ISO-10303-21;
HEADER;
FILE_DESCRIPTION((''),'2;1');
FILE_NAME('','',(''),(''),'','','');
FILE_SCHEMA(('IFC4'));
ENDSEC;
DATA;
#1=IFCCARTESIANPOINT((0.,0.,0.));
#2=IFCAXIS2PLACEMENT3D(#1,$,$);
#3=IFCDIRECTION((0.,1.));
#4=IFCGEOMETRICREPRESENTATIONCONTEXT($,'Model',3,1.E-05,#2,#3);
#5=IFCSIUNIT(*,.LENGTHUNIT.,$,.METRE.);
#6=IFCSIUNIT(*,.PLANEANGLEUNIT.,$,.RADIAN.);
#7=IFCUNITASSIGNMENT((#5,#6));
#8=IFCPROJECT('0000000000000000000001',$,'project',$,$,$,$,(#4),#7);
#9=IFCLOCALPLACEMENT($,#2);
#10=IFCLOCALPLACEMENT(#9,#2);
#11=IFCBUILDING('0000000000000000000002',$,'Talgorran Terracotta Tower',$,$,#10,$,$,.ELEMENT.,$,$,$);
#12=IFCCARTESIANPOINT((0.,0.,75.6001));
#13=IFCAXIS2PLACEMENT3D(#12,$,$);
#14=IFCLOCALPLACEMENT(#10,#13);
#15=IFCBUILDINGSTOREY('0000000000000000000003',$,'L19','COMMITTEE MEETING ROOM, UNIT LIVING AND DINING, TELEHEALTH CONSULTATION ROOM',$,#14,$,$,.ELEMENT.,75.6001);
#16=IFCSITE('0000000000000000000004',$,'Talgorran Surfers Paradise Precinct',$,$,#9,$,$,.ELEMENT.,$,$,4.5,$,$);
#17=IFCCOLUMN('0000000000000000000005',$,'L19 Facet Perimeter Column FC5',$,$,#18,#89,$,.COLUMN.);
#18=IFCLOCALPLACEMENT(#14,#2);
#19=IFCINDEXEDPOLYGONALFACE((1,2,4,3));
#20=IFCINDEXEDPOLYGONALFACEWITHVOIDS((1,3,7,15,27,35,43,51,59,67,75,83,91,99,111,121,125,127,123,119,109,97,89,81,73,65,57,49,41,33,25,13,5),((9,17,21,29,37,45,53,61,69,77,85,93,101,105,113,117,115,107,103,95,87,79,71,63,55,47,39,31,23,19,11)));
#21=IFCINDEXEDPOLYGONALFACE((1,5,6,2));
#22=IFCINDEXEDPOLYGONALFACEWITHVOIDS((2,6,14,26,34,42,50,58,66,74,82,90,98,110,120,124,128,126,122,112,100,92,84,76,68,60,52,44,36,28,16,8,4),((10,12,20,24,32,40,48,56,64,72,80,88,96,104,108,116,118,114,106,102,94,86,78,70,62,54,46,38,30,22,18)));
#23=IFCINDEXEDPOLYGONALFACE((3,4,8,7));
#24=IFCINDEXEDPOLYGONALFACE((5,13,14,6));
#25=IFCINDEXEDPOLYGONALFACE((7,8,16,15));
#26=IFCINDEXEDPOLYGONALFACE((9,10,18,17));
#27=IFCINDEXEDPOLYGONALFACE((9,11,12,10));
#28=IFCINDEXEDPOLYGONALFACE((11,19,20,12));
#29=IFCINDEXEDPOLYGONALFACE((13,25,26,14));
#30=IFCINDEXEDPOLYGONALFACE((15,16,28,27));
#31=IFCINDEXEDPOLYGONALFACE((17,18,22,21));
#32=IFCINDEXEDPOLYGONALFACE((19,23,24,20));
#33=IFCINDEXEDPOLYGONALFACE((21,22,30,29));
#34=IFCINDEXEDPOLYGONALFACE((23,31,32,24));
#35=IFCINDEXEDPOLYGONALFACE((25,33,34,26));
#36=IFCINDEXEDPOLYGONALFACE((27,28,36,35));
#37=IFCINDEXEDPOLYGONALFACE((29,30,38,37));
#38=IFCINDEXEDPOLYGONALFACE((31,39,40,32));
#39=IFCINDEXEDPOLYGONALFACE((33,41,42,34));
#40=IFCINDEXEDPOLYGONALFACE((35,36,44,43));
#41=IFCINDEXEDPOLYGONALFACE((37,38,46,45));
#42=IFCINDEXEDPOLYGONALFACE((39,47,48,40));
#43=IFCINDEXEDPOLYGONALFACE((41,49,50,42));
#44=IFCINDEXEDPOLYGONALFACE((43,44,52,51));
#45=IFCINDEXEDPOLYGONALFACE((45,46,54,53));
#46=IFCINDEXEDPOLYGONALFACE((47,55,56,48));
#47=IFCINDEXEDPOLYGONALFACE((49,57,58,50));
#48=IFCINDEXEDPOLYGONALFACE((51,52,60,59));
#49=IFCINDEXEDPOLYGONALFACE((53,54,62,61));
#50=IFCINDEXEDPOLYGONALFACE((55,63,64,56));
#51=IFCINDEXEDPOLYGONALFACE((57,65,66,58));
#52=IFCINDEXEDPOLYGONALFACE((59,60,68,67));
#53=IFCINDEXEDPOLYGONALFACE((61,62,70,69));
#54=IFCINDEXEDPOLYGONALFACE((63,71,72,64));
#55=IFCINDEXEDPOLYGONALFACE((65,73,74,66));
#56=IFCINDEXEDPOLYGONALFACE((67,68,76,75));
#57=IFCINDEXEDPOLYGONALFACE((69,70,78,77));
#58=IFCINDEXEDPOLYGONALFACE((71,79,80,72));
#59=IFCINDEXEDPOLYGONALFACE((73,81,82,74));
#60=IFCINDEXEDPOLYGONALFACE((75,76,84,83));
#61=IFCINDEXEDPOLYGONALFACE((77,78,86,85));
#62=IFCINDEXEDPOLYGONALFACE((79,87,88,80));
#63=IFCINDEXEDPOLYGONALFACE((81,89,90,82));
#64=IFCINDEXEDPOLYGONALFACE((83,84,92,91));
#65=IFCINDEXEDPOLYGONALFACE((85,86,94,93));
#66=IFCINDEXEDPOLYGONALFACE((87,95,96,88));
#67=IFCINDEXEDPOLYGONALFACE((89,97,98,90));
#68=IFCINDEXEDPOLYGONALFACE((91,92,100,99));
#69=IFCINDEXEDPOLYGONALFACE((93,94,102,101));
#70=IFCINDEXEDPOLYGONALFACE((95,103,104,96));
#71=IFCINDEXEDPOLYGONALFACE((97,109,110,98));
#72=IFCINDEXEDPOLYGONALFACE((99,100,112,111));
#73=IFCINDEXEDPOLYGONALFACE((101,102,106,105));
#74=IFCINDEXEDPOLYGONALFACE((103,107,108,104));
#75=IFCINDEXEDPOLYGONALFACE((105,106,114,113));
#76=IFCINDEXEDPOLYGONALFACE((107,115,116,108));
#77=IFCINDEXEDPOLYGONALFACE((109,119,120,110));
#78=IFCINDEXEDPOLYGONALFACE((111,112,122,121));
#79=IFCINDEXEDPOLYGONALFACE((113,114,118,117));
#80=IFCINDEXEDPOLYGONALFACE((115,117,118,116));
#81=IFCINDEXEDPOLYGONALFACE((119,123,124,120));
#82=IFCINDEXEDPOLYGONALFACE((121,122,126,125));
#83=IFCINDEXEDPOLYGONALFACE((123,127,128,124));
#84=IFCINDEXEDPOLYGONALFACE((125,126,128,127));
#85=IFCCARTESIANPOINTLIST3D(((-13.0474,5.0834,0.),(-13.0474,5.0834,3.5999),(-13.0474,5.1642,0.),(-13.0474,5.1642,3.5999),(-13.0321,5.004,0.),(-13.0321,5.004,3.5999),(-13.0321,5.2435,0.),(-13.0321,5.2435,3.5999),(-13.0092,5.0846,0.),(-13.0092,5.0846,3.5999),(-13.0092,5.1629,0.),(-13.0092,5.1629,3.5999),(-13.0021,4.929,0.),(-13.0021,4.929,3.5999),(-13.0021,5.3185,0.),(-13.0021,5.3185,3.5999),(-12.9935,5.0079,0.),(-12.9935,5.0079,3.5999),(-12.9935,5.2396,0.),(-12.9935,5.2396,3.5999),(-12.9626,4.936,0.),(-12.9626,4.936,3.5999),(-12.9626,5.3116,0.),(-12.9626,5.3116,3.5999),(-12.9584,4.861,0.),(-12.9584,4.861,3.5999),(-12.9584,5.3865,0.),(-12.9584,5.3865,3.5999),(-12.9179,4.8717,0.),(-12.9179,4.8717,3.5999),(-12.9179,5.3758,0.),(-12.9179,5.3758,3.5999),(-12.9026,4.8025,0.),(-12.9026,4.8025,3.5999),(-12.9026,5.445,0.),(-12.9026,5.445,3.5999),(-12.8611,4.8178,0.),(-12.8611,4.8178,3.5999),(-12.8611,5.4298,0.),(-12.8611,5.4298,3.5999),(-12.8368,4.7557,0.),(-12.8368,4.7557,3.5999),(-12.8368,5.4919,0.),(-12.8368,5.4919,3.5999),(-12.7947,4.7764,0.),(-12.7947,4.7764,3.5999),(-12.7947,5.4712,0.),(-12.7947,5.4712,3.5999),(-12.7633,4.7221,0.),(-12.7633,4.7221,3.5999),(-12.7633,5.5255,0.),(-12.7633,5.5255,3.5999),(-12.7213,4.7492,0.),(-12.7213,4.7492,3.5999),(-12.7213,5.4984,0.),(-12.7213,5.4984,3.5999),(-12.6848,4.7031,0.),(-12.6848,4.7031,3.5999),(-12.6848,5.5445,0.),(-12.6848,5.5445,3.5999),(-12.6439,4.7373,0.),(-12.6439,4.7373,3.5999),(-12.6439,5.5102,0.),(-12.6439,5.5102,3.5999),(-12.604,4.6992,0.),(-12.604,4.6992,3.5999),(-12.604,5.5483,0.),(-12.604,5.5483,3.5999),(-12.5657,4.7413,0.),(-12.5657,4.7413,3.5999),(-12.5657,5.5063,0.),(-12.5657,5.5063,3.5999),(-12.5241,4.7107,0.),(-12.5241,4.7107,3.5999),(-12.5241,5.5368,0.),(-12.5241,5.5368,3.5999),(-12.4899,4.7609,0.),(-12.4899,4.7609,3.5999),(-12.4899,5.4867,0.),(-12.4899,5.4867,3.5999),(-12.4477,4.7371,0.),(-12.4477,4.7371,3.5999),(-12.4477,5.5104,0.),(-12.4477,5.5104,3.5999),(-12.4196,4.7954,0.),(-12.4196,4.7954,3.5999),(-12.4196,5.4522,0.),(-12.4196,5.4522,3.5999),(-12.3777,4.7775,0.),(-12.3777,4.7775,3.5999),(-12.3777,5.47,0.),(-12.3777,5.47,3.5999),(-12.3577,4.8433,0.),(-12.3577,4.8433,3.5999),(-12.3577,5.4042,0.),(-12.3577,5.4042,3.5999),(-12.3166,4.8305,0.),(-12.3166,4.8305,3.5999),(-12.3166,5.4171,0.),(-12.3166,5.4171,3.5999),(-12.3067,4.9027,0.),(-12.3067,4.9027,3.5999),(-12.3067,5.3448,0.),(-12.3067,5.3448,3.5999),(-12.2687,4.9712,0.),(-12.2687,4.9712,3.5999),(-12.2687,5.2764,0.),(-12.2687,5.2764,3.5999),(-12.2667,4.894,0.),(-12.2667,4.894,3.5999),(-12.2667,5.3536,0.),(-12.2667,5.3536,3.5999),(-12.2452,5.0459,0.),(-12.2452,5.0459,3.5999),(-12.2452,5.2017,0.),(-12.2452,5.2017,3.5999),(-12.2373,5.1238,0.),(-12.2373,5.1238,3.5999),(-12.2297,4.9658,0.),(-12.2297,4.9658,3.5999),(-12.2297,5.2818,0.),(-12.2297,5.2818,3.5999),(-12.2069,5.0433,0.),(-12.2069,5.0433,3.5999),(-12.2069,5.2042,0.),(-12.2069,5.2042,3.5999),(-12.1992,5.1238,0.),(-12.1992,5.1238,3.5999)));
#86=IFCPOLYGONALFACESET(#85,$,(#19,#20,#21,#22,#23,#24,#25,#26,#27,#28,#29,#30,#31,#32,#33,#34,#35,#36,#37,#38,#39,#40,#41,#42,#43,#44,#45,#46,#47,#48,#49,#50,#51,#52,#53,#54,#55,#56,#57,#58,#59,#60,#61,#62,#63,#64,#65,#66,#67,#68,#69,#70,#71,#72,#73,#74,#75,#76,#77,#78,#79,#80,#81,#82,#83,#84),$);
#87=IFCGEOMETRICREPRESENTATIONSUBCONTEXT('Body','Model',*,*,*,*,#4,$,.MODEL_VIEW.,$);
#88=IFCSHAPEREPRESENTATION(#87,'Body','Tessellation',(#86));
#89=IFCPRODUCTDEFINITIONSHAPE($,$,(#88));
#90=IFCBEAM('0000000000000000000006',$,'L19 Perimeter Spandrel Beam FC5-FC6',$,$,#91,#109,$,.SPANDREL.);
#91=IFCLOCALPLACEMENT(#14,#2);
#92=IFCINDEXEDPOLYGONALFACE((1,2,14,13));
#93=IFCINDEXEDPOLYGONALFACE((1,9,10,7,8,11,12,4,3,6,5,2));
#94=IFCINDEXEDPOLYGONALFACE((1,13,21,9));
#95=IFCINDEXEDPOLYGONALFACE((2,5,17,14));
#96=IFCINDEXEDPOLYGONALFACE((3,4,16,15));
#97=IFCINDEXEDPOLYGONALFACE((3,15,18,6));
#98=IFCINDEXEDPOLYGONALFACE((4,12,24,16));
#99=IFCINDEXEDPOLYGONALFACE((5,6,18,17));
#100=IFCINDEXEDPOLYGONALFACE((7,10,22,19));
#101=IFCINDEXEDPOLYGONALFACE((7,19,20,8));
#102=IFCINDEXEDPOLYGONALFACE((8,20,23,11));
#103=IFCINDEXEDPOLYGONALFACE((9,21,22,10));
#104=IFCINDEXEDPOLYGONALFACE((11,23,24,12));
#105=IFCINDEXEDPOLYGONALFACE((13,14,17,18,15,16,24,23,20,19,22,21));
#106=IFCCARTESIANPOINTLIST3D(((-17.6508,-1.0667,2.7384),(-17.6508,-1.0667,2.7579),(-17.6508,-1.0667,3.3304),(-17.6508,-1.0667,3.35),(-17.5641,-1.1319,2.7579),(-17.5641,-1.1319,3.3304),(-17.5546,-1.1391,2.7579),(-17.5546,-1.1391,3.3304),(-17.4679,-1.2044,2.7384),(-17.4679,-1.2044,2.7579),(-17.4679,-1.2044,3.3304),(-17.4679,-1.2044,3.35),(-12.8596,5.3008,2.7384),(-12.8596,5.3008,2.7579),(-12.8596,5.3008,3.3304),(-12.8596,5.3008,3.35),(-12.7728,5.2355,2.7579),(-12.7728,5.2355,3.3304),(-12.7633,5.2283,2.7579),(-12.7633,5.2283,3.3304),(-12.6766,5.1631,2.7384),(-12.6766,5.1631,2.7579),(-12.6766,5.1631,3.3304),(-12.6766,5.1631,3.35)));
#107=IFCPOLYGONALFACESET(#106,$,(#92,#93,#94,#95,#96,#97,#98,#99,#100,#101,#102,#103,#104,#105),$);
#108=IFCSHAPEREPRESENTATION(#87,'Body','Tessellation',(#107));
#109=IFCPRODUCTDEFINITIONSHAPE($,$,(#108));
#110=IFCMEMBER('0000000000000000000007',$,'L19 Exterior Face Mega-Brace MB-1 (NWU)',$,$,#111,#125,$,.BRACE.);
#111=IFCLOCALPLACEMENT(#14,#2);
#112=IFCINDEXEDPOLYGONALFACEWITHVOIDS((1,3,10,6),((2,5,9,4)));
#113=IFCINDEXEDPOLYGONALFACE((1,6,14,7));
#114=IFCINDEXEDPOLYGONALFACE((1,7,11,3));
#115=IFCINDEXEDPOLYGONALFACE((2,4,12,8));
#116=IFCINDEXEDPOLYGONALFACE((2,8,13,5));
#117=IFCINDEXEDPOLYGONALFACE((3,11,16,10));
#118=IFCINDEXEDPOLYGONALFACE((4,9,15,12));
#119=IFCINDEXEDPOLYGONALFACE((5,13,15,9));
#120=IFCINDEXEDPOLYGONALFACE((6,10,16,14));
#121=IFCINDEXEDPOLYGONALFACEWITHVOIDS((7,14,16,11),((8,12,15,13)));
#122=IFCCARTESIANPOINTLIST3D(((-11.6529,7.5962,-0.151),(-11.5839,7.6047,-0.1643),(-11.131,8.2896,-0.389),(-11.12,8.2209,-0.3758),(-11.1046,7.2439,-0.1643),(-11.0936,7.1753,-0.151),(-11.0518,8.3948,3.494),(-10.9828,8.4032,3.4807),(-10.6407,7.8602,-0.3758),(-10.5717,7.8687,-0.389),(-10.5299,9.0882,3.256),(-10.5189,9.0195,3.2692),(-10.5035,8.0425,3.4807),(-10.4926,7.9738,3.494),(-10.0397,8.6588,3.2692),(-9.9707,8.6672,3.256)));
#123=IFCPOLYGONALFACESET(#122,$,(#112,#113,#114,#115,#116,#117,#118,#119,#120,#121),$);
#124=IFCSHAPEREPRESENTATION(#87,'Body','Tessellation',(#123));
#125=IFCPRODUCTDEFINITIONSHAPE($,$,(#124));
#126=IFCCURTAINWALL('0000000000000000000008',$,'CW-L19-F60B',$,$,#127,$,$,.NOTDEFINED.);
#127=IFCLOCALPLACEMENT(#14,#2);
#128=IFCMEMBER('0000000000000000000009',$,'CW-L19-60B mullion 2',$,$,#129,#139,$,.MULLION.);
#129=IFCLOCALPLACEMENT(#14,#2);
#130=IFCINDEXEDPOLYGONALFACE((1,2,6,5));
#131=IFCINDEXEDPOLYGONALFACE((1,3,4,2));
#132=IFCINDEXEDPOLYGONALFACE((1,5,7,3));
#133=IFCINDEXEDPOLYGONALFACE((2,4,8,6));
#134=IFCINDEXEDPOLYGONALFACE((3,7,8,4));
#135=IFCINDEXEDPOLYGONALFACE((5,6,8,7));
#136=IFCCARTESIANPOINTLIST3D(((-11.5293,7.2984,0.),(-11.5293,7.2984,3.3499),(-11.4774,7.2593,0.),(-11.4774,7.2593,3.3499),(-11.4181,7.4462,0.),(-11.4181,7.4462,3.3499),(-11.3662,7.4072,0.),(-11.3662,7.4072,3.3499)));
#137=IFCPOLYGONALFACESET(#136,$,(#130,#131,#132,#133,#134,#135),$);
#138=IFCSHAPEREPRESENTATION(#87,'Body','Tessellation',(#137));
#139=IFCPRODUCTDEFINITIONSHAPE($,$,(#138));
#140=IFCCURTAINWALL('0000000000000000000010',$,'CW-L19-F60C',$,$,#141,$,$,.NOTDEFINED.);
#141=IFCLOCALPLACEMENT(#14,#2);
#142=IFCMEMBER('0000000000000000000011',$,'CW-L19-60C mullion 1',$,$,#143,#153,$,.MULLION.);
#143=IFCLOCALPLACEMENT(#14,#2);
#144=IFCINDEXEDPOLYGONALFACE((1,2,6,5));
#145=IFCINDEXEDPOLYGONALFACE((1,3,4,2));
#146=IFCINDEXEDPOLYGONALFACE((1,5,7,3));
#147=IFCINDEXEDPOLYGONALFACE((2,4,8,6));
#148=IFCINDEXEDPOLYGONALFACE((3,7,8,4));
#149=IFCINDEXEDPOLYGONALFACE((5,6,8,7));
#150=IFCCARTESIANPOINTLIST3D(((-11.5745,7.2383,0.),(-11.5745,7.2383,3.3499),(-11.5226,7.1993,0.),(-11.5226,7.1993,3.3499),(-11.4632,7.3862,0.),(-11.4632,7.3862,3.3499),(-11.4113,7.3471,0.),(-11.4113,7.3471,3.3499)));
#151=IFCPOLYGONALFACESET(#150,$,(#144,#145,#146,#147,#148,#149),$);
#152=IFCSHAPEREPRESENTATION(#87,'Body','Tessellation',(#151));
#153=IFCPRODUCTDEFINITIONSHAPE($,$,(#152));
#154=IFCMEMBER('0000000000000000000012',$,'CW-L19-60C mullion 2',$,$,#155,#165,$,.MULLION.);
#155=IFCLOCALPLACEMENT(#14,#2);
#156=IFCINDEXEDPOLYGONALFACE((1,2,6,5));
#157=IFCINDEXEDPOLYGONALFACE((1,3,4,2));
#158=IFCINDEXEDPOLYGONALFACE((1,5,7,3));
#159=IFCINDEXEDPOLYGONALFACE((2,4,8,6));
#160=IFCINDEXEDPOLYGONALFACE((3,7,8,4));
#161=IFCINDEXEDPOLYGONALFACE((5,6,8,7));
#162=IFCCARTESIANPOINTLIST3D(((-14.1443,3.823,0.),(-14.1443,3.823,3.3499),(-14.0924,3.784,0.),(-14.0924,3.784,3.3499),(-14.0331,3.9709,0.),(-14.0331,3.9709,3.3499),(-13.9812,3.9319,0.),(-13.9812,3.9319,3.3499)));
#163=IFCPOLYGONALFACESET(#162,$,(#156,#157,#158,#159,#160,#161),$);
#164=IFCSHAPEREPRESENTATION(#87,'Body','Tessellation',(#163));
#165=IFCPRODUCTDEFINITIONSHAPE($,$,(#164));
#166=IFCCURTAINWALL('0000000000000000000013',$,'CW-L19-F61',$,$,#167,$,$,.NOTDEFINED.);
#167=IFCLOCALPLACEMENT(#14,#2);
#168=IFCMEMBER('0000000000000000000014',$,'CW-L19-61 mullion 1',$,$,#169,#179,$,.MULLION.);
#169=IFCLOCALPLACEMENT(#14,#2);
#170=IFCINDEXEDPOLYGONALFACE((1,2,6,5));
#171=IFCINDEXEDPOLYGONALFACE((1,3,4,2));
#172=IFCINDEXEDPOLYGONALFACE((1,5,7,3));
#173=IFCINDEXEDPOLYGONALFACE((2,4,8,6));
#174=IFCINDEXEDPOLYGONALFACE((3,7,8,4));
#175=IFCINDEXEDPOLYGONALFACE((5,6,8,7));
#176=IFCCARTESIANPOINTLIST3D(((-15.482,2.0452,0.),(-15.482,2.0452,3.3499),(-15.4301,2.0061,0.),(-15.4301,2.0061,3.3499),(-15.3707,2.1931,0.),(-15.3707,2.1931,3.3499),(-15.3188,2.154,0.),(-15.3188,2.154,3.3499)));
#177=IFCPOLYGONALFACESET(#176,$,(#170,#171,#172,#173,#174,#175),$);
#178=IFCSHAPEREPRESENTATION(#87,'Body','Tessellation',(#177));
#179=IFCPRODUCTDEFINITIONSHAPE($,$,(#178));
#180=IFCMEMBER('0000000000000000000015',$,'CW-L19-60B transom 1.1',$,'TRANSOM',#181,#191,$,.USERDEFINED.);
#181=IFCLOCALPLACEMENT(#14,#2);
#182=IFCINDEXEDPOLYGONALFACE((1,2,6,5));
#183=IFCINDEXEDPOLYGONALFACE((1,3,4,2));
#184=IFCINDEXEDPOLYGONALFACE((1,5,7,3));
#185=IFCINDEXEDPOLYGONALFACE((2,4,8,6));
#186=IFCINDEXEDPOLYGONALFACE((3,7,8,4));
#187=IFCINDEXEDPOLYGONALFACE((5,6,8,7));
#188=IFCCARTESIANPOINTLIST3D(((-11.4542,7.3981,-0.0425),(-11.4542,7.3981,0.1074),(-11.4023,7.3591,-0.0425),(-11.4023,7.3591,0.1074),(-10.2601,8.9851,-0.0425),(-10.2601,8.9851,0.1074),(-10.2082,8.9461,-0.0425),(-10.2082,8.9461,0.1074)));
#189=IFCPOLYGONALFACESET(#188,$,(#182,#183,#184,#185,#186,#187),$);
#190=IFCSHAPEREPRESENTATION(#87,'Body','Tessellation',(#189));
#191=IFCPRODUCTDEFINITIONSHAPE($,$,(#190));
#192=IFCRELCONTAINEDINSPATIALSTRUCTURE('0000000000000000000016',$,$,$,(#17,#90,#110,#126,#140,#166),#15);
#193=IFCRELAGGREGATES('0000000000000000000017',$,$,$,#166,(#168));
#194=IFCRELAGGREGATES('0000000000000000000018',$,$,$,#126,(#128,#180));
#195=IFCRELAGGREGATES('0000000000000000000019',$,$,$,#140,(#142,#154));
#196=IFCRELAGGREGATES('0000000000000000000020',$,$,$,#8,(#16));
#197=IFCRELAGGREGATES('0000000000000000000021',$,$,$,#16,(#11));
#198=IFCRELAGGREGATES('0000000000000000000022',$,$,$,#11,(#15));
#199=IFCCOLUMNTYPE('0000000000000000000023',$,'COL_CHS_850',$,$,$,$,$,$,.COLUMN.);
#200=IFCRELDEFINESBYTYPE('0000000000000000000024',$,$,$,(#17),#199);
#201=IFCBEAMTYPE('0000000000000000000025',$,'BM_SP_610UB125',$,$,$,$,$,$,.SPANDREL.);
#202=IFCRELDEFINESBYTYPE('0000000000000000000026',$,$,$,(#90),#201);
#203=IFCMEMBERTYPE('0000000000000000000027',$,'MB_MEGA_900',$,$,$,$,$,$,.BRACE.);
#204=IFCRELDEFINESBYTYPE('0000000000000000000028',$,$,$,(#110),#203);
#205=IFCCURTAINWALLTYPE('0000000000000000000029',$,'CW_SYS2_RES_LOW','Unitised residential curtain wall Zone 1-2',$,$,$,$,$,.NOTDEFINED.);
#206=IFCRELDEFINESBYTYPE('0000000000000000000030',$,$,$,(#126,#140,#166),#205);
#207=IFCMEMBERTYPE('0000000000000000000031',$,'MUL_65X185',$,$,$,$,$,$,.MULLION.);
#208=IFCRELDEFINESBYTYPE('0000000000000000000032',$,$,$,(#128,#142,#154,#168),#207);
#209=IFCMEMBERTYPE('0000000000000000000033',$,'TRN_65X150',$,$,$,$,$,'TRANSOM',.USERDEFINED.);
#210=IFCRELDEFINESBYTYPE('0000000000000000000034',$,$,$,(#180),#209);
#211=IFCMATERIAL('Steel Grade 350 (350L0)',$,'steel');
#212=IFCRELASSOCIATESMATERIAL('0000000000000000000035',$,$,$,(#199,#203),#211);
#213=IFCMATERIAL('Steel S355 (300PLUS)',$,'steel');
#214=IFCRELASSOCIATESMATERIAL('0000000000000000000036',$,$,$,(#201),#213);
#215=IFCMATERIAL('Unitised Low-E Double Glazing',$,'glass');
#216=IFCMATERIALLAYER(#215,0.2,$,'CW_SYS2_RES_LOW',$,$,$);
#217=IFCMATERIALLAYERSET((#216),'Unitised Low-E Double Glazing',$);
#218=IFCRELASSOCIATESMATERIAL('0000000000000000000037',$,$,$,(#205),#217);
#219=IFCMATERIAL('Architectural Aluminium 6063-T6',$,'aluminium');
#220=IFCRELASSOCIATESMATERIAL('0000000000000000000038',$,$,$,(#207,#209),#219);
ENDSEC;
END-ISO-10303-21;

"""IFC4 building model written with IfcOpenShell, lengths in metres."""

from ifc_helpers import new_model, si_unit, direction, frame, origin, origin_2d, place, context, subcontext, project, spatial, rectangle, hollow_rectangle, hollow_circle, i_section, extrude, material, layer, layer_set, material_profile, profile_set, type_object, element, aggregate, save


model = new_model("IFC4")

# Units and contexts
model_context = context("Model", 3, precision=1e-05, world=origin(), true_north=direction((0.0, 1.0)))
body_context = subcontext(model_context, "Body", "Model", "MODEL_VIEW")
ifc_project = project(units=[si_unit("LENGTHUNIT", "METRE"), si_unit("PLANEANGLEUNIT", "RADIAN")], contexts=[model_context])

# Site, building, storey
site_placement = place(None, origin())
site = spatial("IfcSite", under=ifc_project, at=site_placement, Name="Talgorran Surfers Paradise Precinct", CompositionType="ELEMENT", RefElevation=4.5)
building_placement = place(site_placement, origin())
building = spatial("IfcBuilding", under=site, at=building_placement, Name="Talgorran Terracotta Tower", CompositionType="ELEMENT")
storey_placement = place(building_placement, frame((0.0, 0.0, 75.6001)))
storey = spatial("IfcBuildingStorey", under=building, at=storey_placement, Name="L19", Description="COMMITTEE MEETING ROOM, UNIT LIVING AND DINING, TELEHEALTH CONSULTATION ROOM", CompositionType="ELEMENT", Elevation=75.6001)

# Column
ifc_material_1 = material(Name="Steel Grade 350 (350L0)", Category="steel")
ifc_material_profile_1 = material_profile(ifc_material_1, hollow_circle(Radius=0.425, WallThickness=0.0381, at=origin_2d()), Name="CHS850X38")
ifc_profile_set_1 = profile_set([ifc_material_profile_1], Name="Steel Grade 350 (350L0)")
column_type = type_object("IfcColumnType", Name="COL_CHS_850", PredefinedType="COLUMN", material=ifc_profile_set_1)
column_placement = place(storey_placement, frame((-12.6243, 5.1238, 0.0), z_axis=(0.0, 0.0, 1.0), x_axis=(1.0, 0.0, 0.0)))
element("IfcColumn", 1, at=column_placement, inside=storey, type_object=column_type, Name="L19 Facet Perimeter Column FC5", PredefinedType="COLUMN", context=body_context, shape_type="SweptSolid", body=[
    extrude(hollow_circle(Radius=0.425, WallThickness=0.0381, at=origin_2d()), origin(), (0.0, 0.0, 1.0), 3.5999),
])

# Beam
ifc_material_2 = material(Name="Steel S355 (300PLUS)", Category="steel")
ifc_material_profile_2 = material_profile(ifc_material_2, i_section(OverallWidth=0.229, OverallDepth=0.6116, WebThickness=0.012, FlangeThickness=0.0195, at=origin_2d()), Name="610UB125")
ifc_profile_set_2 = profile_set([ifc_material_profile_2], Name="Steel S355 (300PLUS)")
beam_type = type_object("IfcBeamType", Name="BM_SP_610UB125", PredefinedType="SPANDREL", material=ifc_profile_set_2)
beam_placement = place(storey_placement, frame((-12.7681, 5.2319, 3.0442), z_axis=(-0.601259, -0.799054, 0.0), x_axis=(0.799054, -0.601259, 0.0)))
element("IfcBeam", 2, at=beam_placement, inside=storey, type_object=beam_type, Name="L19 Perimeter Spandrel Beam FC5-FC6", PredefinedType="SPANDREL", context=body_context, shape_type="SweptSolid", body=[
    extrude(i_section(OverallWidth=0.229, OverallDepth=0.6116, WebThickness=0.012, FlangeThickness=0.0195, at=origin_2d()), origin(), (0.0, 0.0, 1.0), 7.9688),
])

# Member
ifc_material_profile_3 = material_profile(ifc_material_1, hollow_rectangle(XDim=0.7, YDim=0.8999, WallThickness=0.05, at=origin_2d()), Name="WBOX900X700X50")
ifc_profile_set_3 = profile_set([ifc_material_profile_3], Name="Steel Grade 350 (350L0)")
member_type_1 = type_object("IfcMemberType", Name="MB_MEGA_900", PredefinedType="BRACE", material=ifc_profile_set_3)
member_1_placement = place(storey_placement, frame((-11.1123, 7.7324, -0.27), z_axis=(0.159032, 0.211289, 0.964399), x_axis=(-0.798973, 0.601367, 0.0)))
element("IfcMember", 3, at=member_1_placement, inside=storey, type_object=member_type_1, Name="L19 Exterior Face Mega-Brace MB-1 (NWU)", PredefinedType="BRACE", context=body_context, shape_type="SweptSolid", body=[
    extrude(hollow_rectangle(XDim=0.7, YDim=0.8999, WallThickness=0.05, at=origin_2d()), origin(), (0.0, 0.0, 1.0), 3.7795),
])

# Curtain wall, member
ifc_material_3 = material(Name="Unitised Low-E Double Glazing", Category="glass")
ifc_layer_1 = layer(ifc_material_3, 0.2, Name="CW_SYS2_RES_LOW")
ifc_layer_set_1 = layer_set([ifc_layer_1], Name="Unitised Low-E Double Glazing")
curtain_wall_type = type_object("IfcCurtainWallType", Name="CW_SYS2_RES_LOW", Description="Unitised residential curtain wall Zone 1-2", PredefinedType="NOTDEFINED", material=ifc_layer_set_1)
curtain_wall_1_placement = place(storey_placement, origin())
curtain_wall_1 = element("IfcCurtainWall", 4, at=curtain_wall_1_placement, inside=storey, type_object=curtain_wall_type, Name="CW-L19-F60B", PredefinedType="NOTDEFINED")
ifc_material_4 = material(Name="Architectural Aluminium 6063-T6", Category="aluminium")
ifc_material_profile_4 = material_profile(ifc_material_4, rectangle(XDim=0.0649, YDim=0.1851, at=origin_2d()), Name="CWM65X185")
ifc_profile_set_4 = profile_set([ifc_material_profile_4], Name="Architectural Aluminium 6063-T6")
member_type_2 = type_object("IfcMemberType", Name="MUL_65X185", PredefinedType="MULLION", material=ifc_profile_set_4)
member_2_placement = place(storey_placement, frame((-11.4478, 7.3528, 0.0), z_axis=(0.0, 0.0, 1.0), x_axis=(0.799063, -0.601247, 0.0)))
member_2 = element("IfcMember", 5, at=member_2_placement, type_object=member_type_2, Name="CW-L19-60B mullion 2", PredefinedType="MULLION", context=body_context, shape_type="SweptSolid", body=[
    extrude(rectangle(XDim=0.0649, YDim=0.1851, at=origin_2d()), origin(), (0.0, 0.0, 1.0), 3.3499),
])

# Curtain wall, members
curtain_wall_2_placement = place(storey_placement, origin())
curtain_wall_2 = element("IfcCurtainWall", 6, at=curtain_wall_2_placement, inside=storey, type_object=curtain_wall_type, Name="CW-L19-F60C", PredefinedType="NOTDEFINED")
member_3_placement = place(storey_placement, frame((-11.4929, 7.2927, 0.0), z_axis=(0.0, 0.0, 1.0), x_axis=(0.799059, -0.601253, 0.0)))
member_3 = element("IfcMember", 7, at=member_3_placement, type_object=member_type_2, Name="CW-L19-60C mullion 1", PredefinedType="MULLION", context=body_context, shape_type="SweptSolid", body=[
    extrude(rectangle(XDim=0.0649, YDim=0.1851, at=origin_2d()), origin(), (0.0, 0.0, 1.0), 3.3499),
])
member_4_placement = place(storey_placement, frame((-14.0627, 3.8774, 0.0), z_axis=(0.0, 0.0, 1.0), x_axis=(0.799059, -0.601253, 0.0)))
member_4 = element("IfcMember", 8, at=member_4_placement, type_object=member_type_2, Name="CW-L19-60C mullion 2", PredefinedType="MULLION", context=body_context, shape_type="SweptSolid", body=[
    extrude(rectangle(XDim=0.0649, YDim=0.1851, at=origin_2d()), origin(), (0.0, 0.0, 1.0), 3.3499),
])

# Curtain wall, member
curtain_wall_3_placement = place(storey_placement, origin())
curtain_wall_3 = element("IfcCurtainWall", 9, at=curtain_wall_3_placement, inside=storey, type_object=curtain_wall_type, Name="CW-L19-F61", PredefinedType="NOTDEFINED")
member_5_placement = place(storey_placement, frame((-15.4004, 2.0996, 0.0), z_axis=(0.0, 0.0, 1.0), x_axis=(0.799065, -0.601244, 0.0)))
member_5 = element("IfcMember", 10, at=member_5_placement, type_object=member_type_2, Name="CW-L19-61 mullion 1", PredefinedType="MULLION", context=body_context, shape_type="SweptSolid", body=[
    extrude(rectangle(XDim=0.0649, YDim=0.1851, at=origin_2d()), origin(), (0.0, 0.0, 1.0), 3.3499),
])

# Member
ifc_material_profile_5 = material_profile(ifc_material_4, rectangle(XDim=0.0649, YDim=0.1499, at=origin_2d()), Name="CWT65X150")
ifc_profile_set_5 = profile_set([ifc_material_profile_5], Name="Architectural Aluminium 6063-T6")
member_type_3 = type_object("IfcMemberType", Name="TRN_65X150", ElementType="TRANSOM", PredefinedType="USERDEFINED", material=ifc_profile_set_5)
member_6_placement = place(storey_placement, frame((-10.2341, 8.9656, 0.0325), z_axis=(-0.601258, -0.799055, 0.0), x_axis=(0.799055, -0.601258, 0.0)))
member_6 = element("IfcMember", 11, at=member_6_placement, type_object=member_type_3, Name="CW-L19-60B transom 1.1", ObjectType="TRANSOM", PredefinedType="USERDEFINED", context=body_context, shape_type="SweptSolid", body=[
    extrude(rectangle(XDim=0.0649, YDim=0.1499, at=origin_2d()), origin(), (0.0, 0.0, 1.0), 1.9861),
])
aggregate(curtain_wall_3, [member_5])

aggregate(curtain_wall_1, [member_2, member_6])
aggregate(curtain_wall_2, [member_3, member_4])

save(model, "model.ifc")
